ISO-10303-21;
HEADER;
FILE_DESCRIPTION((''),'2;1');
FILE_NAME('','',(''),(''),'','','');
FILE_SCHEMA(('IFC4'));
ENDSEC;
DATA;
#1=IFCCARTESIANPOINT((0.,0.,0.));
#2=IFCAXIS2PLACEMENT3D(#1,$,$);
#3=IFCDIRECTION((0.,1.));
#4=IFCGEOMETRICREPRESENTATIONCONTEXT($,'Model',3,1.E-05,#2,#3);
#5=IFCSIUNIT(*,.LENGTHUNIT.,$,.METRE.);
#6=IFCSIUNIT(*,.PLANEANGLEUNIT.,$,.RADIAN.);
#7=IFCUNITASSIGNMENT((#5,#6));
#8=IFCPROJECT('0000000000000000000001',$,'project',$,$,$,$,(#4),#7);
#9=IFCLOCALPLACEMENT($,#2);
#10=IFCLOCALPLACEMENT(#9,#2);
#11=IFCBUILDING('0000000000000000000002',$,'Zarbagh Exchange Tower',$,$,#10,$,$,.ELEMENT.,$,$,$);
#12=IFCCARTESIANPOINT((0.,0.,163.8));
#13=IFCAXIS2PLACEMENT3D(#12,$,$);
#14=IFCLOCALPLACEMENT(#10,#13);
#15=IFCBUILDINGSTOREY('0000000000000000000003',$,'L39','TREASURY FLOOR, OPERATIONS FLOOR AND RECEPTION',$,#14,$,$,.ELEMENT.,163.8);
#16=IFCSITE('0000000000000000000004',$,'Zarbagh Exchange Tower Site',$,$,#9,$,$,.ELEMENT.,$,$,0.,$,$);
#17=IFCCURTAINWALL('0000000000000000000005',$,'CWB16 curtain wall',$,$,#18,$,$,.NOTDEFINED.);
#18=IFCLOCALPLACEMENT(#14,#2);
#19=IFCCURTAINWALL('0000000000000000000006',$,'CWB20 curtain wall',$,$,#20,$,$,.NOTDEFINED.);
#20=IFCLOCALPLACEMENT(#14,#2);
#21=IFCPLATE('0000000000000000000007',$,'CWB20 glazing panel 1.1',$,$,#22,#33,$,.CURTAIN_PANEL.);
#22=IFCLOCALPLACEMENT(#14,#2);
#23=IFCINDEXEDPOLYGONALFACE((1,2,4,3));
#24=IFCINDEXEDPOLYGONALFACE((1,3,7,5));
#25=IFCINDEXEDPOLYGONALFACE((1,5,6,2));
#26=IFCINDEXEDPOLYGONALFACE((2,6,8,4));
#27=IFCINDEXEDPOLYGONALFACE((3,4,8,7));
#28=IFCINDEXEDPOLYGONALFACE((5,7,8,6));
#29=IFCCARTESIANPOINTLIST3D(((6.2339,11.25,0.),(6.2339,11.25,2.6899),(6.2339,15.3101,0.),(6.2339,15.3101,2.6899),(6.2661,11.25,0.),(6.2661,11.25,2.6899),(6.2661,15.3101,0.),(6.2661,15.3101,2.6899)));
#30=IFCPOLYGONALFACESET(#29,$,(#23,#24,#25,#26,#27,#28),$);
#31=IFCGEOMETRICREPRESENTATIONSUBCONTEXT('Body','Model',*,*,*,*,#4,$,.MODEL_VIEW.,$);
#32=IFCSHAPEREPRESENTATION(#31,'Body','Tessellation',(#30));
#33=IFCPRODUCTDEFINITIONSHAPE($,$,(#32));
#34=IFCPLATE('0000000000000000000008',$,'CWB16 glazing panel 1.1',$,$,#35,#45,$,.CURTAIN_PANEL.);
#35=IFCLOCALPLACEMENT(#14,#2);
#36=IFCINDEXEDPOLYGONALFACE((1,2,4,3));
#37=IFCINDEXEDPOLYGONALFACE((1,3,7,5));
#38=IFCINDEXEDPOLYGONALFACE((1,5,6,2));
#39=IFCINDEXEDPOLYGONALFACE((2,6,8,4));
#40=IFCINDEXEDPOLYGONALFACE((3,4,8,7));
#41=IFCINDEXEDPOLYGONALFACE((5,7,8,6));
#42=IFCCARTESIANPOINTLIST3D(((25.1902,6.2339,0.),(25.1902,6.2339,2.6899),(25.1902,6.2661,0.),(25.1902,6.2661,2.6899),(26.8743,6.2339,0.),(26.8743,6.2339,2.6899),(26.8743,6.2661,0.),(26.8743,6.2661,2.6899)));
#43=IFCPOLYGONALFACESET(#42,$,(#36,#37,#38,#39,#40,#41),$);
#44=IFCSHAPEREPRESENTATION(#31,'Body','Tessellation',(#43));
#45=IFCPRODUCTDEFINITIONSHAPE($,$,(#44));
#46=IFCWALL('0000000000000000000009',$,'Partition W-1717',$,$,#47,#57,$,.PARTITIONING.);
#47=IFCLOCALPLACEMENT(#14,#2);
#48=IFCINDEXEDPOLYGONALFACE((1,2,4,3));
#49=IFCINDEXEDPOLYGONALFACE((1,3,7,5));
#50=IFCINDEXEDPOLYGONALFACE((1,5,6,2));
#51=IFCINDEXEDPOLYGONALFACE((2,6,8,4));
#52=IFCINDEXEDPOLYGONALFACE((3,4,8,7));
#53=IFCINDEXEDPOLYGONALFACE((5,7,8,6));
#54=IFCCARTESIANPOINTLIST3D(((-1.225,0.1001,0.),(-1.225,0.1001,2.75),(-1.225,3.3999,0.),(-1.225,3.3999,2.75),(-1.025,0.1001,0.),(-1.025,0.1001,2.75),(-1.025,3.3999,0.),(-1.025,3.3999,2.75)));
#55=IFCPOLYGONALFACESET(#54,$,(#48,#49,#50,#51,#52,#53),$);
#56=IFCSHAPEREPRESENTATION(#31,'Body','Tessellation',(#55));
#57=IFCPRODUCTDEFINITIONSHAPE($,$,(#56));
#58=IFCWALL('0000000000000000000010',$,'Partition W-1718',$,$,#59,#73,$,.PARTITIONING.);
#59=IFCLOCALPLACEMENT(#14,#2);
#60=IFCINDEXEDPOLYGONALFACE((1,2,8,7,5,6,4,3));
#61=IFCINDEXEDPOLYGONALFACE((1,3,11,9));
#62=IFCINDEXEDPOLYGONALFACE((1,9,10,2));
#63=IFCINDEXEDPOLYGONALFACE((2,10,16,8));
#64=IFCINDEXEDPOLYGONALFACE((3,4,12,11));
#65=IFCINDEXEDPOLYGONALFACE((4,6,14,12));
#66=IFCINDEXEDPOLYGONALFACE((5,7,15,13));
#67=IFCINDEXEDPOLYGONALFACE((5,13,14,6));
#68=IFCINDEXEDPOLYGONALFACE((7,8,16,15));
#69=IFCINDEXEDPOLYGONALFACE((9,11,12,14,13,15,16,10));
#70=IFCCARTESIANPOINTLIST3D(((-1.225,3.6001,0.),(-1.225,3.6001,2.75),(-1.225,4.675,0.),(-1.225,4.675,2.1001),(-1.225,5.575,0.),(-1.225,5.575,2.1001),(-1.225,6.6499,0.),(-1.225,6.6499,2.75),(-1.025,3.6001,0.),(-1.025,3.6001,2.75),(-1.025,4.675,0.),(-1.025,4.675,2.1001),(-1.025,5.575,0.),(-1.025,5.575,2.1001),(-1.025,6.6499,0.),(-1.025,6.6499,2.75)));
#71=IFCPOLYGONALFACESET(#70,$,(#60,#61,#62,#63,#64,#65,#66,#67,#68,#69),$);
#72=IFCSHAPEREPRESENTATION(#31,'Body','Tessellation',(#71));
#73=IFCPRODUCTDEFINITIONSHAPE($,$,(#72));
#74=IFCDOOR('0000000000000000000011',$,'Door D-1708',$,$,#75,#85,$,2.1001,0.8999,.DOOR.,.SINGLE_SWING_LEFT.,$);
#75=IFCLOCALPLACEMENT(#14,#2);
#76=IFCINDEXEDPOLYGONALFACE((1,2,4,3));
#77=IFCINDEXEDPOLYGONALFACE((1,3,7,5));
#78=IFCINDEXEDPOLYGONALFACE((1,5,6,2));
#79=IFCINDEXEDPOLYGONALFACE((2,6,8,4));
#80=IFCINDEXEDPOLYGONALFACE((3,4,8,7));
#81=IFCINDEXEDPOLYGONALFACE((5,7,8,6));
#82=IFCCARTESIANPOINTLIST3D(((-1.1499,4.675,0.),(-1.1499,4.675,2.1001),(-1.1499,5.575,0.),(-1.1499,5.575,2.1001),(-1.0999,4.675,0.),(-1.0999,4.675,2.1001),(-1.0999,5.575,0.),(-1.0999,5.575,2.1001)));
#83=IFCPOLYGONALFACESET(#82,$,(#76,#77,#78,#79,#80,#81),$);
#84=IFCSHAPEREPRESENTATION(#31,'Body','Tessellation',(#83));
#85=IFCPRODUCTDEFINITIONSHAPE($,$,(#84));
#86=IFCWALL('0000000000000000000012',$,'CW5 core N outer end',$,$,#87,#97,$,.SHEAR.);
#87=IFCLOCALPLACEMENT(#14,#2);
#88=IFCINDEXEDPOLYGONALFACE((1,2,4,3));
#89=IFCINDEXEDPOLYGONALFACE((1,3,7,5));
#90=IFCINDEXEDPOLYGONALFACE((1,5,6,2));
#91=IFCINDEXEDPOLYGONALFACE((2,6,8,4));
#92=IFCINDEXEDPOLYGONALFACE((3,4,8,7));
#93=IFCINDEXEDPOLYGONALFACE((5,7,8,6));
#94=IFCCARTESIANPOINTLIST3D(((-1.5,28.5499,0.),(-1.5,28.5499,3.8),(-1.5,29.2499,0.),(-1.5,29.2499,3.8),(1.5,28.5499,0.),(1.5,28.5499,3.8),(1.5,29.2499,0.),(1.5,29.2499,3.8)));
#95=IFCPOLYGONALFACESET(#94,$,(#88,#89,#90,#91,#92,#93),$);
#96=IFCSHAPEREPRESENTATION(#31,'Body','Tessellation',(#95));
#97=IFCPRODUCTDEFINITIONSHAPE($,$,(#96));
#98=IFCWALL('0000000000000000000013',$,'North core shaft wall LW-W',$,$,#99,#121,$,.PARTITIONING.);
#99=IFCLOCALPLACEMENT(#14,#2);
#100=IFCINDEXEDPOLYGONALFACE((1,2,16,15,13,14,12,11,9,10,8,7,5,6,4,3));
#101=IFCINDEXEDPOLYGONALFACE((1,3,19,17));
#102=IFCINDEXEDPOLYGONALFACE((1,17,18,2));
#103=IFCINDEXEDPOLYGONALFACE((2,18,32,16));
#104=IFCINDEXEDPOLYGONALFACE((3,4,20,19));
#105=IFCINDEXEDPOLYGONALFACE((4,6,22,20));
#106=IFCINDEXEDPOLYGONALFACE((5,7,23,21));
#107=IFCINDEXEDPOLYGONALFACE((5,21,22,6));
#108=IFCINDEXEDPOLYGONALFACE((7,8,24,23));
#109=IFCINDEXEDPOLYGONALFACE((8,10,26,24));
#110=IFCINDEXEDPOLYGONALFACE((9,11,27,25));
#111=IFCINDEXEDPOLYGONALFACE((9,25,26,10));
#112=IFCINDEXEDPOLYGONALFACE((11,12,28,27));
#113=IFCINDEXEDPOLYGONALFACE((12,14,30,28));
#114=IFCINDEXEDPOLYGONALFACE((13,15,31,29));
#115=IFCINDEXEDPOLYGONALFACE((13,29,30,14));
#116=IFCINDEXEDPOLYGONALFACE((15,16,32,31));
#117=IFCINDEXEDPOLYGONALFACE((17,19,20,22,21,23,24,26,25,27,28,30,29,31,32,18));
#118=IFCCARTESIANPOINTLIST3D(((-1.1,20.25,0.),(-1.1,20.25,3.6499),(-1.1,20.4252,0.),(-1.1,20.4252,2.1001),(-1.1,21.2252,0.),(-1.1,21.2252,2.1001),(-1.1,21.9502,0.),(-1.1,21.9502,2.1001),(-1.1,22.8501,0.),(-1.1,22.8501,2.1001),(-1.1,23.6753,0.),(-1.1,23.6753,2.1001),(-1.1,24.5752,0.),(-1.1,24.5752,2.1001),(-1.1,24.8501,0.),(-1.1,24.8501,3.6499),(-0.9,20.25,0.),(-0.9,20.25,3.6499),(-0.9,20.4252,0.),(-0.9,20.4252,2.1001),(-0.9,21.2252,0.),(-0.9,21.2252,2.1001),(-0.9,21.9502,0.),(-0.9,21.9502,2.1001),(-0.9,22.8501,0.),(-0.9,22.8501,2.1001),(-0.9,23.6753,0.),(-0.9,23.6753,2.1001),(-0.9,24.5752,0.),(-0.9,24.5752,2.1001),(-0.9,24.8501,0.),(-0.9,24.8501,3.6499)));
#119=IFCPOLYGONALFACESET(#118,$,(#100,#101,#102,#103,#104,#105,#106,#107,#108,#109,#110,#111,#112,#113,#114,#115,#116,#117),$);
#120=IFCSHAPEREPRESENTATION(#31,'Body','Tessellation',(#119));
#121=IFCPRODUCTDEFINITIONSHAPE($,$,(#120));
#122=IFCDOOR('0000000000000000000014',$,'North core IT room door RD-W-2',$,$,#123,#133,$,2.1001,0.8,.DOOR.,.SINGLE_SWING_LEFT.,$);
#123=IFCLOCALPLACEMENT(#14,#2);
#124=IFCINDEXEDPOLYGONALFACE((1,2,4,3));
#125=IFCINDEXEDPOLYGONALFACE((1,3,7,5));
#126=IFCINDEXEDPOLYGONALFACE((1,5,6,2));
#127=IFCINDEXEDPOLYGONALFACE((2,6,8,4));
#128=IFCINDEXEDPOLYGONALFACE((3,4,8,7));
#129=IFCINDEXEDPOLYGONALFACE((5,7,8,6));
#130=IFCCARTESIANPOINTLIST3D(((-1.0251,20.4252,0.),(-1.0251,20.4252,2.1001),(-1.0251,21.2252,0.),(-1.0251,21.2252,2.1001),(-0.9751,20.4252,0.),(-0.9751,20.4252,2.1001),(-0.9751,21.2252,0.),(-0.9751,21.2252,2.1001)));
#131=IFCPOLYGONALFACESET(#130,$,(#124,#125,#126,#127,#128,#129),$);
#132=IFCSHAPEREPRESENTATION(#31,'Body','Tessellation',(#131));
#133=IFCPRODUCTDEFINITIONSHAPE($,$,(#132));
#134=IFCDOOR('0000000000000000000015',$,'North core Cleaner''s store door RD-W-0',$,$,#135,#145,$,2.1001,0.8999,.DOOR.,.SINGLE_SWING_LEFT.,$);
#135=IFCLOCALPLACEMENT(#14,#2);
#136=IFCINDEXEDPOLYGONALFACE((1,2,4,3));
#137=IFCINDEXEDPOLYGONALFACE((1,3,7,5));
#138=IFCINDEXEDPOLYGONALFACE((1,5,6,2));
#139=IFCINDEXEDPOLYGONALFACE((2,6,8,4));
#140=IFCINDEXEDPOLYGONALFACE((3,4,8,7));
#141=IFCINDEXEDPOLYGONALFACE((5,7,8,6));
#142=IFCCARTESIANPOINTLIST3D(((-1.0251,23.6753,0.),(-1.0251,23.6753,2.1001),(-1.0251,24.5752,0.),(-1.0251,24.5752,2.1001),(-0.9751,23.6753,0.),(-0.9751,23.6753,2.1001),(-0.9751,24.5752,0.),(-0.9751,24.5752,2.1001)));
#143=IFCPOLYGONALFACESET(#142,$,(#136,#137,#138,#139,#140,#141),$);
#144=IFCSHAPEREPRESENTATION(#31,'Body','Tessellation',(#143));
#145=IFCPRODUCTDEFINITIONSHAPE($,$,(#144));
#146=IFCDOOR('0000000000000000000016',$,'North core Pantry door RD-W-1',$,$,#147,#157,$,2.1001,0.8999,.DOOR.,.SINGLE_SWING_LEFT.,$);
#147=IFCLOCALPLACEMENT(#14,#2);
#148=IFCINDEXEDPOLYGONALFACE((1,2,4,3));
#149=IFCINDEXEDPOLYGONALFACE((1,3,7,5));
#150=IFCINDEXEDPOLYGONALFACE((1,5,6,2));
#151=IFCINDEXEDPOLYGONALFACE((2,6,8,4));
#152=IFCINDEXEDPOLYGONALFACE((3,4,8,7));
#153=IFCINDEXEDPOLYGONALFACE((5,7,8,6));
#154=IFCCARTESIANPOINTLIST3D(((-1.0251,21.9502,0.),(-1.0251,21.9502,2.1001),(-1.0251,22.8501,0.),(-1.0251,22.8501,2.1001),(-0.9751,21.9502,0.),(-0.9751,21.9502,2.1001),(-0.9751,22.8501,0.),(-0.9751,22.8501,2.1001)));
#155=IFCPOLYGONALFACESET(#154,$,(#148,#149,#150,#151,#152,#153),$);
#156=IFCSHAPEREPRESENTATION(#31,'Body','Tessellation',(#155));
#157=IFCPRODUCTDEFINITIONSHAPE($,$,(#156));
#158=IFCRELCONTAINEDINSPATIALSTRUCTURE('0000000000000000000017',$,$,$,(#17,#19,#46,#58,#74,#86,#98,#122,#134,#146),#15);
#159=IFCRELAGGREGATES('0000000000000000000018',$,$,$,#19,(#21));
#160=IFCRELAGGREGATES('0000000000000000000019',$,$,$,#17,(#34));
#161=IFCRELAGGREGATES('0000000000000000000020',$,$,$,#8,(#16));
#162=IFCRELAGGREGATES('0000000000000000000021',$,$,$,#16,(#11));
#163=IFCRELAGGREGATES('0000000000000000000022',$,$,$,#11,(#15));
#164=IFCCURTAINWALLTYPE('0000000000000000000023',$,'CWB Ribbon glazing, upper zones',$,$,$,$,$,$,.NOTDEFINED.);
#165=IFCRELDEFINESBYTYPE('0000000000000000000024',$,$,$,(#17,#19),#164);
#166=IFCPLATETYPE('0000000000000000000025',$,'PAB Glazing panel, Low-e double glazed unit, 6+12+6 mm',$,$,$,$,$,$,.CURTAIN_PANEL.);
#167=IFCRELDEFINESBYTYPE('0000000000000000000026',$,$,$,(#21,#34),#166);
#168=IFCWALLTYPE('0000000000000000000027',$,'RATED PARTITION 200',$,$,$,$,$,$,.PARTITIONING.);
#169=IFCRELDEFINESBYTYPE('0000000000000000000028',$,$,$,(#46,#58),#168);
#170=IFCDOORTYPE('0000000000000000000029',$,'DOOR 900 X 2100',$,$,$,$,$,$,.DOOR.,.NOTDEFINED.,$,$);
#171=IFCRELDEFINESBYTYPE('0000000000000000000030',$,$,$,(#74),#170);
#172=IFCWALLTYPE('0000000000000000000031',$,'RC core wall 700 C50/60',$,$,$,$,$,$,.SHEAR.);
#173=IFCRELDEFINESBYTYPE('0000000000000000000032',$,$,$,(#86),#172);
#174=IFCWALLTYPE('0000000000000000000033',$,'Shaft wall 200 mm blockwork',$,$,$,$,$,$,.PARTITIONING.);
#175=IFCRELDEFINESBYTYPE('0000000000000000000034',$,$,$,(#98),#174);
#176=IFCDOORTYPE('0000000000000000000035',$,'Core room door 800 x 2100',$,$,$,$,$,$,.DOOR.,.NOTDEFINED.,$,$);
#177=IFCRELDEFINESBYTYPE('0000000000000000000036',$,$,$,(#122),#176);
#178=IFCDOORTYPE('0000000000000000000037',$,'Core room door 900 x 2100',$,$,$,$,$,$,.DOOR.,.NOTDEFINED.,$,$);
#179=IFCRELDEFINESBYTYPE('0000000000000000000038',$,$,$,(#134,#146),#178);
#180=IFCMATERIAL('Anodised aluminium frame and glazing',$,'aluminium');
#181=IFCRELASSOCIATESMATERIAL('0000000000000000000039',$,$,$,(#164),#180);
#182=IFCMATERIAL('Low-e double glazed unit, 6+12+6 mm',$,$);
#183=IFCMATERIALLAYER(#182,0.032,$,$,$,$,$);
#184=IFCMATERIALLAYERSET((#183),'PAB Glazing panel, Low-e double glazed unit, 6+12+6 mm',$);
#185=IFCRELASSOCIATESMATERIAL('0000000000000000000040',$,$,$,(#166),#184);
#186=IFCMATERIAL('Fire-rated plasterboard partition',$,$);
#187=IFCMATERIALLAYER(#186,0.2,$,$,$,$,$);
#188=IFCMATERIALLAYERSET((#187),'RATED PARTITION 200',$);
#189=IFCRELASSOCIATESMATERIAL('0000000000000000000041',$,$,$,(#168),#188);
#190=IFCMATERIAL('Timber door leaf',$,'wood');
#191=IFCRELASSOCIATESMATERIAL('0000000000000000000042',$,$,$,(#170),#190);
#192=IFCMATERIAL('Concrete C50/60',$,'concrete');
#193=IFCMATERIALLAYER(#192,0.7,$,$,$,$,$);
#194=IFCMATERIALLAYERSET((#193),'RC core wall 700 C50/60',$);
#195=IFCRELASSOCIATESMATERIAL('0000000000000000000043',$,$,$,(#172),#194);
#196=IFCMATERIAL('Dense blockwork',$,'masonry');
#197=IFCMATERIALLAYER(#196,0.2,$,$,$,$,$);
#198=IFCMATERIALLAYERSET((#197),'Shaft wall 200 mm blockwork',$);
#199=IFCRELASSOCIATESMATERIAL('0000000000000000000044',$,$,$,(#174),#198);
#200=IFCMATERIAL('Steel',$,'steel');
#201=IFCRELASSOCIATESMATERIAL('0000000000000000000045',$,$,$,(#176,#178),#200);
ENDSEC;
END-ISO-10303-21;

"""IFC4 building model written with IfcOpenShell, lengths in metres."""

from ifc_helpers import new_model, si_unit, direction, frame, frame_2d, origin, place, context, subcontext, project, spatial, polyline, rectangle, outline, extrude, source, transform, mapped, material, layer, layer_set, type_object, element, fill, aggregate, save


model = new_model("IFC4")

# Units and contexts
model_context = context("Model", 3, precision=1e-05, world=origin(), true_north=direction((0.0, 1.0)))
body_context = subcontext(model_context, "Body", "Model", "MODEL_VIEW")
ifc_project = project(units=[si_unit("LENGTHUNIT", "METRE"), si_unit("PLANEANGLEUNIT", "RADIAN")], contexts=[model_context])

# Site, building, storey
site_placement = place(None, origin())
site = spatial("IfcSite", under=ifc_project, at=site_placement, Name="Zarbagh Exchange Tower Site", CompositionType="ELEMENT", RefElevation=0.0)
building_placement = place(site_placement, origin())
building = spatial("IfcBuilding", under=site, at=building_placement, Name="Zarbagh Exchange Tower", CompositionType="ELEMENT")
storey_placement = place(building_placement, frame((0.0, 0.0, 163.8)))
storey = spatial("IfcBuildingStorey", under=building, at=storey_placement, Name="L39", Description="TREASURY FLOOR, OPERATIONS FLOOR AND RECEPTION", CompositionType="ELEMENT", Elevation=163.8)

# Curtain wall
ifc_material_1 = material(Name="Anodised aluminium frame and glazing", Category="aluminium")
curtain_wall_type = type_object("IfcCurtainWallType", Name="CWB Ribbon glazing, upper zones", PredefinedType="NOTDEFINED", material=ifc_material_1)
curtain_wall_1_placement = place(storey_placement, origin())
curtain_wall_1 = element("IfcCurtainWall", 1, at=curtain_wall_1_placement, inside=storey, type_object=curtain_wall_type, Name="CWB16 curtain wall", PredefinedType="NOTDEFINED")
placement = place(storey_placement, origin())

# Curtain wall
curtain_wall_2_placement = place(storey_placement, origin())
curtain_wall_2 = element("IfcCurtainWall", 2, at=curtain_wall_2_placement, inside=storey, type_object=curtain_wall_type, Name="CWB20 curtain wall", PredefinedType="NOTDEFINED")

# Shared definitions
ifc_material_2 = material(Name="Low-e double glazed unit, 6+12+6 mm")
ifc_layer_1 = layer(ifc_material_2, 0.032)
ifc_layer_set_1 = layer_set([ifc_layer_1], Name="PAB Glazing panel, Low-e double glazed unit, 6+12+6 mm")
plate_type = type_object("IfcPlateType", Name="PAB Glazing panel, Low-e double glazed unit, 6+12+6 mm", PredefinedType="CURTAIN_PANEL", material=ifc_layer_set_1)

# Plates
shared_shape_1 = source(origin(), body_context, "Body", "SweptSolid", [
    extrude(outline(polyline([(0.0, -0.0161), (4.0601, -0.0161), (4.0601, 0.0161), (0.0, 0.0161), (0.0, -0.0161)])), origin(), (0.0, 0.0, 1.0), 2.6899),
])
plate_1 = element("IfcPlate", 3, at=placement, type_object=plate_type, Name="CWB20 glazing panel 1.1", PredefinedType="CURTAIN_PANEL", context=body_context, shape_type="MappedRepresentation", body=[
    mapped(shared_shape_1, transform((6.25, 11.25, 0.0), x_axis=(0.0, 1.0, 0.0), y_axis=(-1.0, 0.0, 0.0), z_axis=(0.0, 0.0, 1.0))),
])
aggregate(curtain_wall_2, [plate_1])
shared_shape_2 = source(origin(), body_context, "Body", "SweptSolid", [
    extrude(outline(polyline([(0.0, -0.0161), (1.6841, -0.0161), (1.6841, 0.0161), (0.0, 0.0161), (0.0, -0.0161)])), origin(), (0.0, 0.0, 1.0), 2.6899),
])
plate_2 = element("IfcPlate", 4, at=placement, type_object=plate_type, Name="CWB16 glazing panel 1.1", PredefinedType="CURTAIN_PANEL", context=body_context, shape_type="MappedRepresentation", body=[
    mapped(shared_shape_2, transform((26.8743, 6.25, 0.0), x_axis=(-1.0, 0.0, 0.0), y_axis=(0.0, -1.0, 0.0), z_axis=(0.0, 0.0, 1.0))),
])
aggregate(curtain_wall_1, [plate_2])

# Wall
ifc_material_3 = material(Name="Fire-rated plasterboard partition")
ifc_layer_2 = layer(ifc_material_3, 0.2)
ifc_layer_set_2 = layer_set([ifc_layer_2], Name="RATED PARTITION 200")
wall_type_1 = type_object("IfcWallType", Name="RATED PARTITION 200", PredefinedType="PARTITIONING", material=ifc_layer_set_2)
wall_1_placement = place(storey_placement, frame((-1.125, 0.1001, 0.0), z_axis=(0.0, 0.0, 1.0), x_axis=(0.0, 1.0, 0.0)))
element("IfcWall", 5, at=wall_1_placement, inside=storey, type_object=wall_type_1, Name="Partition W-1717", PredefinedType="PARTITIONING", context=body_context, shape_type="SweptSolid", body=[
    extrude(rectangle(XDim=3.2998, YDim=0.2, at=frame_2d((1.6499, 0.0))), origin(), (0.0, 0.0, 1.0), 2.75),
])

# Wall, opening, door
wall_2_placement = place(storey_placement, frame((-1.125, 3.6001, 0.0), z_axis=(0.0, 0.0, 1.0), x_axis=(0.0, 1.0, 0.0)))
wall_2 = element("IfcWall", 6, at=wall_2_placement, inside=storey, type_object=wall_type_1, Name="Partition W-1718", PredefinedType="PARTITIONING", context=body_context, shape_type="SweptSolid", body=[
    extrude(rectangle(XDim=3.0498, YDim=0.2, at=frame_2d((1.5249, 0.0))), origin(), (0.0, 0.0, 1.0), 2.75),
])
opening_1_placement = place(wall_2_placement, frame((1.075, 0.0, 0.0)))
opening_1 = element("IfcOpeningElement", 7, at=opening_1_placement, cuts=wall_2, PredefinedType="OPENING", context=body_context, shape_type="SweptSolid", body=[
    extrude(rectangle(XDim=0.8999, YDim=2.1001, at=frame_2d((0.45, 1.05))), frame((0.0, 0.1099, 0.0), z_axis=(0.0, -1.0, 0.0), x_axis=(1.0, 0.0, 0.0)), (0.0, 0.0, 1.0), 0.22),
])
ifc_material_4 = material(Name="Timber door leaf", Category="wood")
door_type_1 = type_object("IfcDoorType", Name="DOOR 900 X 2100", OperationType="NOTDEFINED", PredefinedType="DOOR", material=ifc_material_4)
door_1_placement = place(opening_1_placement, origin())
door_1 = element("IfcDoor", 8, at=door_1_placement, inside=storey, type_object=door_type_1, Name="Door D-1708", OperationType="SINGLE_SWING_LEFT", OverallHeight=2.1001, OverallWidth=0.8999, PredefinedType="DOOR", context=body_context, shape_type="SweptSolid", body=[
    extrude(rectangle(XDim=0.8999, YDim=2.1001, at=frame_2d((0.45, 1.05))), frame((0.0, 0.0249, 0.0), z_axis=(0.0, -1.0, 0.0), x_axis=(1.0, 0.0, 0.0)), (0.0, 0.0, 1.0), 0.05),
])
fill(opening_1, door_1)

# Wall
ifc_material_5 = material(Name="Concrete C50/60", Category="concrete")
ifc_layer_3 = layer(ifc_material_5, 0.7)
ifc_layer_set_3 = layer_set([ifc_layer_3], Name="RC core wall 700 C50/60")
wall_type_2 = type_object("IfcWallType", Name="RC core wall 700 C50/60", PredefinedType="SHEAR", material=ifc_layer_set_3)
wall_3_placement = place(storey_placement, frame((-1.5, 28.8999, 0.0), z_axis=(0.0, 0.0, 1.0), x_axis=(1.0, 0.0, 0.0)))
element("IfcWall", 9, at=wall_3_placement, inside=storey, type_object=wall_type_2, Name="CW5 core N outer end", PredefinedType="SHEAR", context=body_context, shape_type="SweptSolid", body=[
    extrude(rectangle(XDim=3.0, YDim=0.7, at=frame_2d((1.5, 0.0))), origin(), (0.0, 0.0, 1.0), 3.8),
])

# Wall, openings, doors
ifc_material_6 = material(Name="Dense blockwork", Category="masonry")
ifc_layer_4 = layer(ifc_material_6, 0.2)
ifc_layer_set_4 = layer_set([ifc_layer_4], Name="Shaft wall 200 mm blockwork")
wall_type_3 = type_object("IfcWallType", Name="Shaft wall 200 mm blockwork", PredefinedType="PARTITIONING", material=ifc_layer_set_4)
wall_4_placement = place(storey_placement, frame((-1.0, 24.8501, 0.0), z_axis=(0.0, 0.0, 1.0), x_axis=(0.0, -1.0, 0.0)))
wall_4 = element("IfcWall", 10, at=wall_4_placement, inside=storey, type_object=wall_type_3, Name="North core shaft wall LW-W", PredefinedType="PARTITIONING", context=body_context, shape_type="SweptSolid", body=[
    extrude(rectangle(XDim=4.6001, YDim=0.2, at=frame_2d((2.3, 0.0))), origin(), (0.0, 0.0, 1.0), 3.6499),
])
opening_2_placement = place(wall_4_placement, frame((0.2749, 0.0, 0.0)))
opening_2 = element("IfcOpeningElement", 11, at=opening_2_placement, cuts=wall_4, PredefinedType="OPENING", context=body_context, shape_type="SweptSolid", body=[
    extrude(rectangle(XDim=0.8999, YDim=2.1001, at=frame_2d((0.45, 1.05))), frame((0.0, 0.1099, 0.0), z_axis=(0.0, -1.0, 0.0), x_axis=(1.0, 0.0, 0.0)), (0.0, 0.0, 1.0), 0.22),
])
opening_3_placement = place(wall_4_placement, frame((2.0, 0.0, 0.0)))
opening_3 = element("IfcOpeningElement", 12, at=opening_3_placement, cuts=wall_4, PredefinedType="OPENING", context=body_context, shape_type="SweptSolid", body=[
    extrude(rectangle(XDim=0.8999, YDim=2.1001, at=frame_2d((0.45, 1.05))), frame((0.0, 0.1099, 0.0), z_axis=(0.0, -1.0, 0.0), x_axis=(1.0, 0.0, 0.0)), (0.0, 0.0, 1.0), 0.22),
])
opening_4_placement = place(wall_4_placement, frame((3.625, 0.0, 0.0)))
opening_4 = element("IfcOpeningElement", 13, at=opening_4_placement, cuts=wall_4, PredefinedType="OPENING", context=body_context, shape_type="SweptSolid", body=[
    extrude(rectangle(XDim=0.8, YDim=2.1001, at=frame_2d((0.3999, 1.05))), frame((0.0, 0.1099, 0.0), z_axis=(0.0, -1.0, 0.0), x_axis=(1.0, 0.0, 0.0)), (0.0, 0.0, 1.0), 0.22),
])
ifc_material_7 = material(Name="Steel", Category="steel")
door_type_2 = type_object("IfcDoorType", Name="Core room door 800 x 2100", OperationType="NOTDEFINED", PredefinedType="DOOR", material=ifc_material_7)
door_2_placement = place(opening_4_placement, origin())
door_2 = element("IfcDoor", 14, at=door_2_placement, inside=storey, type_object=door_type_2, Name="North core IT room door RD-W-2", OperationType="SINGLE_SWING_LEFT", OverallHeight=2.1001, OverallWidth=0.8, PredefinedType="DOOR", context=body_context, shape_type="SweptSolid", body=[
    extrude(rectangle(XDim=0.8, YDim=2.1001, at=frame_2d((0.3999, 1.05))), frame((0.0, 0.0249, 0.0), z_axis=(0.0, -1.0, 0.0), x_axis=(1.0, 0.0, 0.0)), (0.0, 0.0, 1.0), 0.05),
])
fill(opening_4, door_2)
door_type_3 = type_object("IfcDoorType", Name="Core room door 900 x 2100", OperationType="NOTDEFINED", PredefinedType="DOOR", material=ifc_material_7)
door_3_placement = place(opening_2_placement, origin())
door_3 = element("IfcDoor", 15, at=door_3_placement, inside=storey, type_object=door_type_3, Name="North core Cleaner's store door RD-W-0", OperationType="SINGLE_SWING_LEFT", OverallHeight=2.1001, OverallWidth=0.8999, PredefinedType="DOOR", context=body_context, shape_type="SweptSolid", body=[
    extrude(rectangle(XDim=0.8999, YDim=2.1001, at=frame_2d((0.45, 1.05))), frame((0.0, 0.0249, 0.0), z_axis=(0.0, -1.0, 0.0), x_axis=(1.0, 0.0, 0.0)), (0.0, 0.0, 1.0), 0.05),
])
fill(opening_2, door_3)
door_4_placement = place(opening_3_placement, origin())
door_4 = element("IfcDoor", 16, at=door_4_placement, inside=storey, type_object=door_type_3, Name="North core Pantry door RD-W-1", OperationType="SINGLE_SWING_LEFT", OverallHeight=2.1001, OverallWidth=0.8999, PredefinedType="DOOR", context=body_context, shape_type="SweptSolid", body=[
    extrude(rectangle(XDim=0.8999, YDim=2.1001, at=frame_2d((0.45, 1.05))), frame((0.0, 0.0249, 0.0), z_axis=(0.0, -1.0, 0.0), x_axis=(1.0, 0.0, 0.0)), (0.0, 0.0, 1.0), 0.05),
])
fill(opening_3, door_4)

save(model, "model.ifc")
